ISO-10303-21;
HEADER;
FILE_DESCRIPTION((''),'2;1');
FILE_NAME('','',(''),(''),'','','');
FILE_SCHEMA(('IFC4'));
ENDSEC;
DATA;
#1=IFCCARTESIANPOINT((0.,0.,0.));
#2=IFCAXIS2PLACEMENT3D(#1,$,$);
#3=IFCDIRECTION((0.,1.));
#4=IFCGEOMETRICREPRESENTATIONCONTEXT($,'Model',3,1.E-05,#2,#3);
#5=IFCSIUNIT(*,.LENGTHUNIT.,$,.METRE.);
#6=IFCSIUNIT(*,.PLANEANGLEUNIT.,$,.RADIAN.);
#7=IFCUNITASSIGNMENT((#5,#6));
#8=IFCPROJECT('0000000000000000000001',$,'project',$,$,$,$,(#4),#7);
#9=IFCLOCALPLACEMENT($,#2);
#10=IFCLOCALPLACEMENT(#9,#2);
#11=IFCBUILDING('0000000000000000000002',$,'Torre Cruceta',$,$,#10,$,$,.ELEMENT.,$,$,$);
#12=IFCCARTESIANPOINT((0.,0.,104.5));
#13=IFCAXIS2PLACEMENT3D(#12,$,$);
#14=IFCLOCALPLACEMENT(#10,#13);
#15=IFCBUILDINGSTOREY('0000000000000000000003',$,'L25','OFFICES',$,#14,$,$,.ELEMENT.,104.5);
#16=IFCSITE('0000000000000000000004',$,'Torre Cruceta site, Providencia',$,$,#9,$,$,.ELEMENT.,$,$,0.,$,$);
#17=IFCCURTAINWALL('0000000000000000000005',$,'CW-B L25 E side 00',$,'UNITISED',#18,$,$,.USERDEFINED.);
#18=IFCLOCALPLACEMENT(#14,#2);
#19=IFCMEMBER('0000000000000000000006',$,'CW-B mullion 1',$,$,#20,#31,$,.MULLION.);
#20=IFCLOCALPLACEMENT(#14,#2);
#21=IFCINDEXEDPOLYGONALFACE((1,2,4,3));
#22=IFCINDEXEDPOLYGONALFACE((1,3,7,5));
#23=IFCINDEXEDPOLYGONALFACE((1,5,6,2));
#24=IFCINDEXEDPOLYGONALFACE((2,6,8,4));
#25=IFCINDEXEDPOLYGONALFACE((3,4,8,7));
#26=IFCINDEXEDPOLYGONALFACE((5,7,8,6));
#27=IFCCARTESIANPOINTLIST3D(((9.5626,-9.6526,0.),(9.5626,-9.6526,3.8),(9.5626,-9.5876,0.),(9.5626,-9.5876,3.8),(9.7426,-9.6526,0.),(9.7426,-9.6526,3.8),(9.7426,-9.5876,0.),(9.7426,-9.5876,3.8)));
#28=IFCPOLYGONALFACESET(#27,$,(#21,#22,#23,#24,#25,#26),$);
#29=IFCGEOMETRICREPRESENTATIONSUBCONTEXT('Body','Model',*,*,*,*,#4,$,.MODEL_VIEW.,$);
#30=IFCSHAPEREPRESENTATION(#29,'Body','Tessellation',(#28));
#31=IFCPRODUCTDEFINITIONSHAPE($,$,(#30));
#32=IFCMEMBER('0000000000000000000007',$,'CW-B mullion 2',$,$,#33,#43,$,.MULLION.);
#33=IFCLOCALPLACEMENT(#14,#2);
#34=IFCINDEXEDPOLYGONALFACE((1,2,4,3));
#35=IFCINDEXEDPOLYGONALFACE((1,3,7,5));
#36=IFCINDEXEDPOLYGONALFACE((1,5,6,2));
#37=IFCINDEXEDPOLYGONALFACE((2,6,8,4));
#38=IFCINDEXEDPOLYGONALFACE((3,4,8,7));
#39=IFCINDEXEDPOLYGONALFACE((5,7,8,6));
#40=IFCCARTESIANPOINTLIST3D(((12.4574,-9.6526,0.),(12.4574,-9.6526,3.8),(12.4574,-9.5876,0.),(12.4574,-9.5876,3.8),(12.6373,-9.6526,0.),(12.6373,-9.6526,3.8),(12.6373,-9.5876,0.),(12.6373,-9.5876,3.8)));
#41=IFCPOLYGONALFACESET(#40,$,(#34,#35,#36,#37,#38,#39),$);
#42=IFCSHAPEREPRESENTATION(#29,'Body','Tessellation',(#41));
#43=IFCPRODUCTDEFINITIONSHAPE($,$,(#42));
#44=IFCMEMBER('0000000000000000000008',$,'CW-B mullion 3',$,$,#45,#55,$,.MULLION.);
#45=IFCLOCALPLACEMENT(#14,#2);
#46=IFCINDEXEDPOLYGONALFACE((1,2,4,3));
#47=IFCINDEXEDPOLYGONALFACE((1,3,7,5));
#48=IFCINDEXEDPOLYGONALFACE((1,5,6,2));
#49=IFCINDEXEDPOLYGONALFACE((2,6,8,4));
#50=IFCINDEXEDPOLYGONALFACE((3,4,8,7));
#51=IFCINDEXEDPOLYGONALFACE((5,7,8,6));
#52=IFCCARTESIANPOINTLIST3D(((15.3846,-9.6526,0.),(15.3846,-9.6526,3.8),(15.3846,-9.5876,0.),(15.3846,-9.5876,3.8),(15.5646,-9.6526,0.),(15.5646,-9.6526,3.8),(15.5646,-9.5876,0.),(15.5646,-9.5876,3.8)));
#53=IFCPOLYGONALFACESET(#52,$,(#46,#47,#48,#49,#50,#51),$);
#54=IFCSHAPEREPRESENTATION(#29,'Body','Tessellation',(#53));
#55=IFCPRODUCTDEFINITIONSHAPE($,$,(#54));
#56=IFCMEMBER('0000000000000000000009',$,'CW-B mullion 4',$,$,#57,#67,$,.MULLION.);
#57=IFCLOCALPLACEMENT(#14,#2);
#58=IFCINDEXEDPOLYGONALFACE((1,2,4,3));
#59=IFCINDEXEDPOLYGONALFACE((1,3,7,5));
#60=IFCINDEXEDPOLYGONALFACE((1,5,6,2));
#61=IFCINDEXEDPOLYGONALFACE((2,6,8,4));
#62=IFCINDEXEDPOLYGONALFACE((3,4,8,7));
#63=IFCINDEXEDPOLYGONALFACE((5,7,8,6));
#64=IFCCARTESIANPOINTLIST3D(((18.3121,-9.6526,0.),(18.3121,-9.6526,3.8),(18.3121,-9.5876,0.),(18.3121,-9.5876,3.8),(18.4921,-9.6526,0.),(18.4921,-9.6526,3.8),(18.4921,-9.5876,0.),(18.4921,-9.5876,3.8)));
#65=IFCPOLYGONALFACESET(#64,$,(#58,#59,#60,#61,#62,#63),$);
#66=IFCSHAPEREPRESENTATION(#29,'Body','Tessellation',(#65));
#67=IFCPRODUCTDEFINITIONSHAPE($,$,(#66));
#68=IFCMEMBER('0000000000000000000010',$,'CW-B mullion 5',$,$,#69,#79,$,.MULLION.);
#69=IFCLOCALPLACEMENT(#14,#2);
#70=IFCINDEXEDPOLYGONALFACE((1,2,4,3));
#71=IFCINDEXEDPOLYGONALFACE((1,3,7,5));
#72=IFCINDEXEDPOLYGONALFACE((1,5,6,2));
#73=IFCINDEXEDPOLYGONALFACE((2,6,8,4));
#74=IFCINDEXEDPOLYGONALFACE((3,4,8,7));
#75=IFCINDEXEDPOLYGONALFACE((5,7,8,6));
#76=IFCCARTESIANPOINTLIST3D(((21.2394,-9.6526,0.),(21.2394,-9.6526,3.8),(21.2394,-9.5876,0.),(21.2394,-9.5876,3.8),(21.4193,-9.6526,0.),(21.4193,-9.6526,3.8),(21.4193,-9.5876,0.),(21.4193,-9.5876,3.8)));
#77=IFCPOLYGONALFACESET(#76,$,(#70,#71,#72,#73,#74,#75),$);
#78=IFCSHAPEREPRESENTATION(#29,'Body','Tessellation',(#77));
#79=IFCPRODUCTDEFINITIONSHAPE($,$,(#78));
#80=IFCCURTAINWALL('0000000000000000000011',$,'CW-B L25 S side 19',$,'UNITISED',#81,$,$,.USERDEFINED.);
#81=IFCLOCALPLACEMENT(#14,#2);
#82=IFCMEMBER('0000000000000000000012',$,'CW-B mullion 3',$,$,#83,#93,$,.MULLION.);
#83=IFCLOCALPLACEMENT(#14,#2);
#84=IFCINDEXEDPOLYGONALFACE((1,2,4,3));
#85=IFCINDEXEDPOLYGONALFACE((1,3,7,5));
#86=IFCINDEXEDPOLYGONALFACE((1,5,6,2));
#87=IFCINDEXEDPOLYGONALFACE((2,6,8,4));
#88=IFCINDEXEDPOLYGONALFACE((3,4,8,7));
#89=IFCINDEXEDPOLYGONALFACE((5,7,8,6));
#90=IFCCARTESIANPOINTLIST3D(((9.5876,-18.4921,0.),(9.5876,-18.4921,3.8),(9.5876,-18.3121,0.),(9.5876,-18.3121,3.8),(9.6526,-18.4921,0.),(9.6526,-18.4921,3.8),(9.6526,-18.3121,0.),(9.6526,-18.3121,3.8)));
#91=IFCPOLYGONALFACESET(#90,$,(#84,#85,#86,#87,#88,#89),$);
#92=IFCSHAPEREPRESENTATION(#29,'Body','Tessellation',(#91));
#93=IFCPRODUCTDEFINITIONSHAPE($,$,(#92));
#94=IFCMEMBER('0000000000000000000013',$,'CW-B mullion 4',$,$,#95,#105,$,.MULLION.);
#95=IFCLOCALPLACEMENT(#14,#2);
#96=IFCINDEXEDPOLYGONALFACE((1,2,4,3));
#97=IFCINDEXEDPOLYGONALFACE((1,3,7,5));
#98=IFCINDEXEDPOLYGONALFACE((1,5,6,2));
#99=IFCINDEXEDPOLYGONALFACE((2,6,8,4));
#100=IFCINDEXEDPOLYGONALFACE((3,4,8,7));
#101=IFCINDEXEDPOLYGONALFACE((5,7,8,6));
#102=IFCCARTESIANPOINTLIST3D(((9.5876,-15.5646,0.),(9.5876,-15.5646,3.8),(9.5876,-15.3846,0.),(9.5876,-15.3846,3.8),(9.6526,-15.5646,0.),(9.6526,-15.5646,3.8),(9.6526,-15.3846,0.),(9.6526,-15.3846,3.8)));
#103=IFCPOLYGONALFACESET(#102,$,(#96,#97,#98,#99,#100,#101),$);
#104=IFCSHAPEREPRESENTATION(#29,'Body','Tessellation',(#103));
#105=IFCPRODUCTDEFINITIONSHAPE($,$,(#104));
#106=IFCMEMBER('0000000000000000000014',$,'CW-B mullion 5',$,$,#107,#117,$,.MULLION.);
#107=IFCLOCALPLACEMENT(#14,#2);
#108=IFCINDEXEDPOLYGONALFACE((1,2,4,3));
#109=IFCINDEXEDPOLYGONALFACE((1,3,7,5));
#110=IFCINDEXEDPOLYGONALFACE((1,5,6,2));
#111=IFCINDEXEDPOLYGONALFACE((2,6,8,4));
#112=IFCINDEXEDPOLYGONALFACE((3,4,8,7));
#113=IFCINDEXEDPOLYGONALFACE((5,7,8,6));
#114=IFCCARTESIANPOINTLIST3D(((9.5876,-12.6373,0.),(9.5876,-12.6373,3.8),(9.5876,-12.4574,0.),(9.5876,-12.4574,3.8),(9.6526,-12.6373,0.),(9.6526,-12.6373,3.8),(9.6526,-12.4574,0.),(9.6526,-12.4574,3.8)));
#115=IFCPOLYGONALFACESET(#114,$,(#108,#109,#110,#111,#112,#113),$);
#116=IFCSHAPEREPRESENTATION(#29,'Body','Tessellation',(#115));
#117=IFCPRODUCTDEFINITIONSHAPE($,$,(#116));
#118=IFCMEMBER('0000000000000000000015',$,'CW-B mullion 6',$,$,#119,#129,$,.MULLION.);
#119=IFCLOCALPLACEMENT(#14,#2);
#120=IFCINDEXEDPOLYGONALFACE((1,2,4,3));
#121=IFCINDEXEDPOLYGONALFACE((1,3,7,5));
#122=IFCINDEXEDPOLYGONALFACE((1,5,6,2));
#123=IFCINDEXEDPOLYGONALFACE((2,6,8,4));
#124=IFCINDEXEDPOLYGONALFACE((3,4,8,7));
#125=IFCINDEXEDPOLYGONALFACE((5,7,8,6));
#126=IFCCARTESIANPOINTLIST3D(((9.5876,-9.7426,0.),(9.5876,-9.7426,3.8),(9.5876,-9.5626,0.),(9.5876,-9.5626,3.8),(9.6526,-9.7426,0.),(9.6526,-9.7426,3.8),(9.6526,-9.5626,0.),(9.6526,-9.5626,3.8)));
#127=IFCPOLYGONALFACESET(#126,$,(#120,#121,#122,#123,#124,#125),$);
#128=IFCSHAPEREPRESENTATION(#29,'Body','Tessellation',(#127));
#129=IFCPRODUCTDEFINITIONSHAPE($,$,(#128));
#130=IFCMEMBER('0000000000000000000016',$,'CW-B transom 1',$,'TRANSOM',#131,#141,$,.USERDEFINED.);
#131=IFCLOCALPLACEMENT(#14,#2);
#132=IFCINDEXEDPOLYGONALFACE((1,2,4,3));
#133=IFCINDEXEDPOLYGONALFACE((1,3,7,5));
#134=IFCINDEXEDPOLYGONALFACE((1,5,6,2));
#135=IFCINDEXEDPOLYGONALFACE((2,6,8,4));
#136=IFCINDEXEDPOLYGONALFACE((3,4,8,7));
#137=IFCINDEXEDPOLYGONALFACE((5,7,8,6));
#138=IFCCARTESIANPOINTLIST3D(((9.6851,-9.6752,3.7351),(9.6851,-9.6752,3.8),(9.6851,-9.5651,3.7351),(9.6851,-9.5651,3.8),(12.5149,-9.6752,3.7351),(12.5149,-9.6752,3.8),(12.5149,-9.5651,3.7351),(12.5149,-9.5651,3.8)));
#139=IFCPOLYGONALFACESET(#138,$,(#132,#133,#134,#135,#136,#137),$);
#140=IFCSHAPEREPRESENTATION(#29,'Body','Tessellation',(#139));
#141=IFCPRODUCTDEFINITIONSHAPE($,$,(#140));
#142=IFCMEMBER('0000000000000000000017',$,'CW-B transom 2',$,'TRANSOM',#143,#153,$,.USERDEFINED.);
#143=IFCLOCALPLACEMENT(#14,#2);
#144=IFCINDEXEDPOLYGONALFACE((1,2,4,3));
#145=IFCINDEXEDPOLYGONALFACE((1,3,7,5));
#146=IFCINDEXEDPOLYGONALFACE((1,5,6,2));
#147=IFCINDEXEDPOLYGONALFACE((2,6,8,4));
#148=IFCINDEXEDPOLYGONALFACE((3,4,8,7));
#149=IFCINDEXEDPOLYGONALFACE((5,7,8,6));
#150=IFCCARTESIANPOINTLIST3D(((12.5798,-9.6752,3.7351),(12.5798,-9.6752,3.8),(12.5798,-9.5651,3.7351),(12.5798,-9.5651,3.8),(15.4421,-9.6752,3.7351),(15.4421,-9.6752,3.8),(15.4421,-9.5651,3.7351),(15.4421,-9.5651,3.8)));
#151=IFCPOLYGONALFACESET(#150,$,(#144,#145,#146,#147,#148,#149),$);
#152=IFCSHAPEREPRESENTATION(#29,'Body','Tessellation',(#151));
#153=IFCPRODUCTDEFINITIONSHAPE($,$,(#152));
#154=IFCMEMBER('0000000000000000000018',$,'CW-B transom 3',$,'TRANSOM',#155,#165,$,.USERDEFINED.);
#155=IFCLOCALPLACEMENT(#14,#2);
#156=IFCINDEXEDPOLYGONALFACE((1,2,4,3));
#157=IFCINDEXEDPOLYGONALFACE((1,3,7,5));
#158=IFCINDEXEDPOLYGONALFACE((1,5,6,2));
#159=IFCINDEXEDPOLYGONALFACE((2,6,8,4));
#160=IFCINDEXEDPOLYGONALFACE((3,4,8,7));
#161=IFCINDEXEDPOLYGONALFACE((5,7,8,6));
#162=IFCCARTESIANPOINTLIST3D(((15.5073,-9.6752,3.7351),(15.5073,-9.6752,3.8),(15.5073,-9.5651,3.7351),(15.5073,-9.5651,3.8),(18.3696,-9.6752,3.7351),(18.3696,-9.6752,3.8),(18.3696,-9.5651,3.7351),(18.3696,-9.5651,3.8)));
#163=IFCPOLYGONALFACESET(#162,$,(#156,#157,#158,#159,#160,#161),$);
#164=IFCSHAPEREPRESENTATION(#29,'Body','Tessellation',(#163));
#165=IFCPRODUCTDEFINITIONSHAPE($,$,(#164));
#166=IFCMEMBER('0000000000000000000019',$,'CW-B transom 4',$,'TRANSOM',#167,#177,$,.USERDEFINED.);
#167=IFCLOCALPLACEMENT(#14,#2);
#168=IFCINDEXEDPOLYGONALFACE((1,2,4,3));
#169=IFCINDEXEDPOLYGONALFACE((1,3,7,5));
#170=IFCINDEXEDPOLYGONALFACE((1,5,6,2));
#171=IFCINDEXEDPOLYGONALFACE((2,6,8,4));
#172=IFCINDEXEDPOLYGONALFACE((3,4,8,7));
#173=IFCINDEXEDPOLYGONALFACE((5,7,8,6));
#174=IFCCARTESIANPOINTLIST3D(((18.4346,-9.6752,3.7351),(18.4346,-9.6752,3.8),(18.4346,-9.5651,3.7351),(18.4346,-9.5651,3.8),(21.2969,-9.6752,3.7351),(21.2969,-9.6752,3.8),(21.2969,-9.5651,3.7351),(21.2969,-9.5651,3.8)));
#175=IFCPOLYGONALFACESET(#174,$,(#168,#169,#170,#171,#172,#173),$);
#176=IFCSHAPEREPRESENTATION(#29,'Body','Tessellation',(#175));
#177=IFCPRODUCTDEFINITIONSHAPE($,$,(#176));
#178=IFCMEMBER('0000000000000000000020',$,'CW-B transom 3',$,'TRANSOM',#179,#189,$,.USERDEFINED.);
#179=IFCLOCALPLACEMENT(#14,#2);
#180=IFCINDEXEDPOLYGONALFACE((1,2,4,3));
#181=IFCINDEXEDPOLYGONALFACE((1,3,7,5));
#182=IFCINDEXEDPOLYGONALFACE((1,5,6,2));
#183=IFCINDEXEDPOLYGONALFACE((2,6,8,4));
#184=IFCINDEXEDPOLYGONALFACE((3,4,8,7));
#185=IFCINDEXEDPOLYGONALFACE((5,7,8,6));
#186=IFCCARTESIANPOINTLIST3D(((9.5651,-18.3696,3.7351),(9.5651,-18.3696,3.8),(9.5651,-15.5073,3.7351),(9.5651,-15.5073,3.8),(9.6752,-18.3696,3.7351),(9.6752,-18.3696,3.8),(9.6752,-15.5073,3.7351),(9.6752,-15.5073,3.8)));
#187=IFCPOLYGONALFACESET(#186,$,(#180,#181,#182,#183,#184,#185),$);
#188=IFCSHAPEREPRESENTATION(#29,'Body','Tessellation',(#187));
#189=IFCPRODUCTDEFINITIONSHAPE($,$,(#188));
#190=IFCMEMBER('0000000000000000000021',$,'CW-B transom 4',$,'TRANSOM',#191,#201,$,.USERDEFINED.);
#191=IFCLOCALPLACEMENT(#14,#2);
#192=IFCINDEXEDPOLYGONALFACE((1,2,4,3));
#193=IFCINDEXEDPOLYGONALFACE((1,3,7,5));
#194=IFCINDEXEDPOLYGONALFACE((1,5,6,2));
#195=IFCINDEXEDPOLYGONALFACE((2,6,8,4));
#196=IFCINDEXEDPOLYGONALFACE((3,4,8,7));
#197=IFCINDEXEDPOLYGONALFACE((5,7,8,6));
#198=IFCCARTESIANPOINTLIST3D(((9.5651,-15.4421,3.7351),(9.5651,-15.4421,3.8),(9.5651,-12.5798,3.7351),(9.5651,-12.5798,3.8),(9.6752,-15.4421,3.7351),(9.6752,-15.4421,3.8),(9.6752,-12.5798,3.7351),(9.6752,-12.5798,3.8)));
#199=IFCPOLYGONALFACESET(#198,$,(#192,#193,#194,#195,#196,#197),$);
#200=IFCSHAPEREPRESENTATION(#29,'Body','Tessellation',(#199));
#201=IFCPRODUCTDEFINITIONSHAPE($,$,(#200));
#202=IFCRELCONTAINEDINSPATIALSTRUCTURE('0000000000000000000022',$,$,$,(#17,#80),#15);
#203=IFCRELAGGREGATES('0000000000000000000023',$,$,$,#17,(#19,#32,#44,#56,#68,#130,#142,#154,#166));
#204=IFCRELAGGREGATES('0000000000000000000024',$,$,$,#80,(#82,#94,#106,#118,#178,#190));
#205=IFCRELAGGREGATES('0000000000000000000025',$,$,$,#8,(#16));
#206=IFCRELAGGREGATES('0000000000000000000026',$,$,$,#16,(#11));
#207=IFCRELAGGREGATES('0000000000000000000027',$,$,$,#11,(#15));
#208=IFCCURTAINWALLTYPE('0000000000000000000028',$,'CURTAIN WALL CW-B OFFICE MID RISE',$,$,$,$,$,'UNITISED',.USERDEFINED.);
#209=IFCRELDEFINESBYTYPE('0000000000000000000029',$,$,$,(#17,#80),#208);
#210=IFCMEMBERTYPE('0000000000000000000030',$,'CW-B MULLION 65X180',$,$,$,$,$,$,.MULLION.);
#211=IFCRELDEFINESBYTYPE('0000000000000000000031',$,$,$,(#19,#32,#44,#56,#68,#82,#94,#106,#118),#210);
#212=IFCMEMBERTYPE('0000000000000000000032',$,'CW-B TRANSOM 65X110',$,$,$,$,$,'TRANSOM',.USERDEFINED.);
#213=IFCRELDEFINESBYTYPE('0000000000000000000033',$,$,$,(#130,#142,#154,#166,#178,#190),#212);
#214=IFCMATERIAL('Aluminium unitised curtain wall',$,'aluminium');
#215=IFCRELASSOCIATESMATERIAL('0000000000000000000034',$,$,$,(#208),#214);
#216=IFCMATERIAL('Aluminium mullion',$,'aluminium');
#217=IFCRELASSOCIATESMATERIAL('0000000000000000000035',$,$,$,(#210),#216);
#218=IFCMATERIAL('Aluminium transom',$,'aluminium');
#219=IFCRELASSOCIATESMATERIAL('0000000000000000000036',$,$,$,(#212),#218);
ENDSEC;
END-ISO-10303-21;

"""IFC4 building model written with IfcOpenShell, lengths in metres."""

from ifc_helpers import new_model, si_unit, direction, frame, origin, origin_2d, place, context, subcontext, project, spatial, rectangle, extrude, material, material_profile, profile_set, type_object, element, aggregate, save


model = new_model("IFC4")

# Units and contexts
model_context = context("Model", 3, precision=1e-05, world=origin(), true_north=direction((0.0, 1.0)))
body_context = subcontext(model_context, "Body", "Model", "MODEL_VIEW")
ifc_project = project(units=[si_unit("LENGTHUNIT", "METRE"), si_unit("PLANEANGLEUNIT", "RADIAN")], contexts=[model_context])

# Site, building, storey
site_placement = place(None, origin())
site = spatial("IfcSite", under=ifc_project, at=site_placement, Name="Torre Cruceta site, Providencia", CompositionType="ELEMENT", RefElevation=0.0)
building_placement = place(site_placement, origin())
building = spatial("IfcBuilding", under=site, at=building_placement, Name="Torre Cruceta", CompositionType="ELEMENT")
storey_placement = place(building_placement, frame((0.0, 0.0, 104.5)))
storey = spatial("IfcBuildingStorey", under=building, at=storey_placement, Name="L25", Description="OFFICES", CompositionType="ELEMENT", Elevation=104.5)

# Curtain walls, members
ifc_material_1 = material(Name="Aluminium unitised curtain wall", Category="aluminium")
curtain_wall_type = type_object("IfcCurtainWallType", Name="CURTAIN WALL CW-B OFFICE MID RISE", ElementType="UNITISED", PredefinedType="USERDEFINED", material=ifc_material_1)
curtain_wall_1_placement = place(storey_placement, origin())
curtain_wall_1 = element("IfcCurtainWall", 1, at=curtain_wall_1_placement, inside=storey, type_object=curtain_wall_type, Name="CW-B L25 E side 00", ObjectType="UNITISED", PredefinedType="USERDEFINED")
ifc_material_2 = material(Name="Aluminium mullion", Category="aluminium")
ifc_material_profile_1 = material_profile(ifc_material_2, rectangle(XDim=0.0649, YDim=0.1799, at=origin_2d()), Name="AL 65X180")
ifc_profile_set_1 = profile_set([ifc_material_profile_1], Name="Aluminium mullion")
member_type_1 = type_object("IfcMemberType", Name="CW-B MULLION 65X180", PredefinedType="MULLION", material=ifc_profile_set_1)
member_1_placement = place(storey_placement, frame((9.6526, -9.6201, 0.0), z_axis=(0.0, 0.0, 1.0), x_axis=(0.0, 1.0, 0.0)))
member_1 = element("IfcMember", 2, at=member_1_placement, type_object=member_type_1, Name="CW-B mullion 1", PredefinedType="MULLION", context=body_context, shape_type="SweptSolid", body=[
    extrude(rectangle(XDim=0.0649, YDim=0.1799, at=origin_2d()), origin(), (0.0, 0.0, 1.0), 3.8),
])
member_2_placement = place(storey_placement, frame((12.5474, -9.6201, 0.0), z_axis=(0.0, 0.0, 1.0), x_axis=(0.0, 1.0, 0.0)))
member_2 = element("IfcMember", 3, at=member_2_placement, type_object=member_type_1, Name="CW-B mullion 2", PredefinedType="MULLION", context=body_context, shape_type="SweptSolid", body=[
    extrude(rectangle(XDim=0.0649, YDim=0.1799, at=origin_2d()), origin(), (0.0, 0.0, 1.0), 3.8),
])
member_3_placement = place(storey_placement, frame((15.4746, -9.6201, 0.0), z_axis=(0.0, 0.0, 1.0), x_axis=(0.0, 1.0, 0.0)))
member_3 = element("IfcMember", 4, at=member_3_placement, type_object=member_type_1, Name="CW-B mullion 3", PredefinedType="MULLION", context=body_context, shape_type="SweptSolid", body=[
    extrude(rectangle(XDim=0.0649, YDim=0.1799, at=origin_2d()), origin(), (0.0, 0.0, 1.0), 3.8),
])
member_4_placement = place(storey_placement, frame((18.4021, -9.6201, 0.0), z_axis=(0.0, 0.0, 1.0), x_axis=(0.0, 1.0, 0.0)))
member_4 = element("IfcMember", 5, at=member_4_placement, type_object=member_type_1, Name="CW-B mullion 4", PredefinedType="MULLION", context=body_context, shape_type="SweptSolid", body=[
    extrude(rectangle(XDim=0.0649, YDim=0.1799, at=origin_2d()), origin(), (0.0, 0.0, 1.0), 3.8),
])
member_5_placement = place(storey_placement, frame((21.3293, -9.6201, 0.0), z_axis=(0.0, 0.0, 1.0), x_axis=(0.0, 1.0, 0.0)))
member_5 = element("IfcMember", 6, at=member_5_placement, type_object=member_type_1, Name="CW-B mullion 5", PredefinedType="MULLION", context=body_context, shape_type="SweptSolid", body=[
    extrude(rectangle(XDim=0.0649, YDim=0.1799, at=origin_2d()), origin(), (0.0, 0.0, 1.0), 3.8),
])
curtain_wall_2_placement = place(storey_placement, origin())
curtain_wall_2 = element("IfcCurtainWall", 7, at=curtain_wall_2_placement, inside=storey, type_object=curtain_wall_type, Name="CW-B L25 S side 19", ObjectType="UNITISED", PredefinedType="USERDEFINED")
member_6_placement = place(storey_placement, frame((9.6201, -18.4021, 0.0), z_axis=(0.0, 0.0, 1.0), x_axis=(-1.0, 0.0, 0.0)))
member_6 = element("IfcMember", 8, at=member_6_placement, type_object=member_type_1, Name="CW-B mullion 3", PredefinedType="MULLION", context=body_context, shape_type="SweptSolid", body=[
    extrude(rectangle(XDim=0.0649, YDim=0.1799, at=origin_2d()), origin(), (0.0, 0.0, 1.0), 3.8),
])
member_7_placement = place(storey_placement, frame((9.6201, -15.4746, 0.0), z_axis=(0.0, 0.0, 1.0), x_axis=(-1.0, 0.0, 0.0)))
member_7 = element("IfcMember", 9, at=member_7_placement, type_object=member_type_1, Name="CW-B mullion 4", PredefinedType="MULLION", context=body_context, shape_type="SweptSolid", body=[
    extrude(rectangle(XDim=0.0649, YDim=0.1799, at=origin_2d()), origin(), (0.0, 0.0, 1.0), 3.8),
])
member_8_placement = place(storey_placement, frame((9.6201, -12.5474, 0.0), z_axis=(0.0, 0.0, 1.0), x_axis=(-1.0, 0.0, 0.0)))
member_8 = element("IfcMember", 10, at=member_8_placement, type_object=member_type_1, Name="CW-B mullion 5", PredefinedType="MULLION", context=body_context, shape_type="SweptSolid", body=[
    extrude(rectangle(XDim=0.0649, YDim=0.1799, at=origin_2d()), origin(), (0.0, 0.0, 1.0), 3.8),
])
member_9_placement = place(storey_placement, frame((9.6201, -9.6526, 0.0), z_axis=(0.0, 0.0, 1.0), x_axis=(-1.0, 0.0, 0.0)))
member_9 = element("IfcMember", 11, at=member_9_placement, type_object=member_type_1, Name="CW-B mullion 6", PredefinedType="MULLION", context=body_context, shape_type="SweptSolid", body=[
    extrude(rectangle(XDim=0.0649, YDim=0.1799, at=origin_2d()), origin(), (0.0, 0.0, 1.0), 3.8),
])

# Members
ifc_material_3 = material(Name="Aluminium transom", Category="aluminium")
ifc_material_profile_2 = material_profile(ifc_material_3, rectangle(XDim=0.1101, YDim=0.0649, at=origin_2d()), Name="AL 110X65")
ifc_profile_set_2 = profile_set([ifc_material_profile_2], Name="Aluminium transom")
member_type_2 = type_object("IfcMemberType", Name="CW-B TRANSOM 65X110", ElementType="TRANSOM", PredefinedType="USERDEFINED", material=ifc_profile_set_2)
member_10_placement = place(storey_placement, frame((9.6851, -9.6201, 3.7676), z_axis=(1.0, 0.0, 0.0), x_axis=(0.0, 1.0, 0.0)))
member_10 = element("IfcMember", 12, at=member_10_placement, type_object=member_type_2, Name="CW-B transom 1", ObjectType="TRANSOM", PredefinedType="USERDEFINED", context=body_context, shape_type="SweptSolid", body=[
    extrude(rectangle(XDim=0.1101, YDim=0.0649, at=origin_2d()), origin(), (0.0, 0.0, 1.0), 2.8298),
])
member_11_placement = place(storey_placement, frame((12.5798, -9.6201, 3.7676), z_axis=(1.0, 0.0, 0.0), x_axis=(0.0, 1.0, 0.0)))
member_11 = element("IfcMember", 13, at=member_11_placement, type_object=member_type_2, Name="CW-B transom 2", ObjectType="TRANSOM", PredefinedType="USERDEFINED", context=body_context, shape_type="SweptSolid", body=[
    extrude(rectangle(XDim=0.1101, YDim=0.0649, at=origin_2d()), origin(), (0.0, 0.0, 1.0), 2.8623),
])
member_12_placement = place(storey_placement, frame((15.5073, -9.6201, 3.7676), z_axis=(1.0, 0.0, 0.0), x_axis=(0.0, 1.0, 0.0)))
member_12 = element("IfcMember", 14, at=member_12_placement, type_object=member_type_2, Name="CW-B transom 3", ObjectType="TRANSOM", PredefinedType="USERDEFINED", context=body_context, shape_type="SweptSolid", body=[
    extrude(rectangle(XDim=0.1101, YDim=0.0649, at=origin_2d()), origin(), (0.0, 0.0, 1.0), 2.8623),
])
member_13_placement = place(storey_placement, frame((18.4346, -9.6201, 3.7676), z_axis=(1.0, 0.0, 0.0), x_axis=(0.0, 1.0, 0.0)))
member_13 = element("IfcMember", 15, at=member_13_placement, type_object=member_type_2, Name="CW-B transom 4", ObjectType="TRANSOM", PredefinedType="USERDEFINED", context=body_context, shape_type="SweptSolid", body=[
    extrude(rectangle(XDim=0.1101, YDim=0.0649, at=origin_2d()), origin(), (0.0, 0.0, 1.0), 2.8623),
])
member_14_placement = place(storey_placement, frame((9.6201, -18.3696, 3.7676), z_axis=(0.0, 1.0, 0.0), x_axis=(-1.0, 0.0, 0.0)))
member_14 = element("IfcMember", 16, at=member_14_placement, type_object=member_type_2, Name="CW-B transom 3", ObjectType="TRANSOM", PredefinedType="USERDEFINED", context=body_context, shape_type="SweptSolid", body=[
    extrude(rectangle(XDim=0.1101, YDim=0.0649, at=origin_2d()), origin(), (0.0, 0.0, 1.0), 2.8623),
])
member_15_placement = place(storey_placement, frame((9.6201, -15.4421, 3.7676), z_axis=(0.0, 1.0, 0.0), x_axis=(-1.0, 0.0, 0.0)))
member_15 = element("IfcMember", 17, at=member_15_placement, type_object=member_type_2, Name="CW-B transom 4", ObjectType="TRANSOM", PredefinedType="USERDEFINED", context=body_context, shape_type="SweptSolid", body=[
    extrude(rectangle(XDim=0.1101, YDim=0.0649, at=origin_2d()), origin(), (0.0, 0.0, 1.0), 2.8623),
])

aggregate(curtain_wall_1, [member_1, member_2, member_3, member_4, member_5, member_10, member_11, member_12, member_13])
aggregate(curtain_wall_2, [member_6, member_7, member_8, member_9, member_14, member_15])

save(model, "model.ifc")
